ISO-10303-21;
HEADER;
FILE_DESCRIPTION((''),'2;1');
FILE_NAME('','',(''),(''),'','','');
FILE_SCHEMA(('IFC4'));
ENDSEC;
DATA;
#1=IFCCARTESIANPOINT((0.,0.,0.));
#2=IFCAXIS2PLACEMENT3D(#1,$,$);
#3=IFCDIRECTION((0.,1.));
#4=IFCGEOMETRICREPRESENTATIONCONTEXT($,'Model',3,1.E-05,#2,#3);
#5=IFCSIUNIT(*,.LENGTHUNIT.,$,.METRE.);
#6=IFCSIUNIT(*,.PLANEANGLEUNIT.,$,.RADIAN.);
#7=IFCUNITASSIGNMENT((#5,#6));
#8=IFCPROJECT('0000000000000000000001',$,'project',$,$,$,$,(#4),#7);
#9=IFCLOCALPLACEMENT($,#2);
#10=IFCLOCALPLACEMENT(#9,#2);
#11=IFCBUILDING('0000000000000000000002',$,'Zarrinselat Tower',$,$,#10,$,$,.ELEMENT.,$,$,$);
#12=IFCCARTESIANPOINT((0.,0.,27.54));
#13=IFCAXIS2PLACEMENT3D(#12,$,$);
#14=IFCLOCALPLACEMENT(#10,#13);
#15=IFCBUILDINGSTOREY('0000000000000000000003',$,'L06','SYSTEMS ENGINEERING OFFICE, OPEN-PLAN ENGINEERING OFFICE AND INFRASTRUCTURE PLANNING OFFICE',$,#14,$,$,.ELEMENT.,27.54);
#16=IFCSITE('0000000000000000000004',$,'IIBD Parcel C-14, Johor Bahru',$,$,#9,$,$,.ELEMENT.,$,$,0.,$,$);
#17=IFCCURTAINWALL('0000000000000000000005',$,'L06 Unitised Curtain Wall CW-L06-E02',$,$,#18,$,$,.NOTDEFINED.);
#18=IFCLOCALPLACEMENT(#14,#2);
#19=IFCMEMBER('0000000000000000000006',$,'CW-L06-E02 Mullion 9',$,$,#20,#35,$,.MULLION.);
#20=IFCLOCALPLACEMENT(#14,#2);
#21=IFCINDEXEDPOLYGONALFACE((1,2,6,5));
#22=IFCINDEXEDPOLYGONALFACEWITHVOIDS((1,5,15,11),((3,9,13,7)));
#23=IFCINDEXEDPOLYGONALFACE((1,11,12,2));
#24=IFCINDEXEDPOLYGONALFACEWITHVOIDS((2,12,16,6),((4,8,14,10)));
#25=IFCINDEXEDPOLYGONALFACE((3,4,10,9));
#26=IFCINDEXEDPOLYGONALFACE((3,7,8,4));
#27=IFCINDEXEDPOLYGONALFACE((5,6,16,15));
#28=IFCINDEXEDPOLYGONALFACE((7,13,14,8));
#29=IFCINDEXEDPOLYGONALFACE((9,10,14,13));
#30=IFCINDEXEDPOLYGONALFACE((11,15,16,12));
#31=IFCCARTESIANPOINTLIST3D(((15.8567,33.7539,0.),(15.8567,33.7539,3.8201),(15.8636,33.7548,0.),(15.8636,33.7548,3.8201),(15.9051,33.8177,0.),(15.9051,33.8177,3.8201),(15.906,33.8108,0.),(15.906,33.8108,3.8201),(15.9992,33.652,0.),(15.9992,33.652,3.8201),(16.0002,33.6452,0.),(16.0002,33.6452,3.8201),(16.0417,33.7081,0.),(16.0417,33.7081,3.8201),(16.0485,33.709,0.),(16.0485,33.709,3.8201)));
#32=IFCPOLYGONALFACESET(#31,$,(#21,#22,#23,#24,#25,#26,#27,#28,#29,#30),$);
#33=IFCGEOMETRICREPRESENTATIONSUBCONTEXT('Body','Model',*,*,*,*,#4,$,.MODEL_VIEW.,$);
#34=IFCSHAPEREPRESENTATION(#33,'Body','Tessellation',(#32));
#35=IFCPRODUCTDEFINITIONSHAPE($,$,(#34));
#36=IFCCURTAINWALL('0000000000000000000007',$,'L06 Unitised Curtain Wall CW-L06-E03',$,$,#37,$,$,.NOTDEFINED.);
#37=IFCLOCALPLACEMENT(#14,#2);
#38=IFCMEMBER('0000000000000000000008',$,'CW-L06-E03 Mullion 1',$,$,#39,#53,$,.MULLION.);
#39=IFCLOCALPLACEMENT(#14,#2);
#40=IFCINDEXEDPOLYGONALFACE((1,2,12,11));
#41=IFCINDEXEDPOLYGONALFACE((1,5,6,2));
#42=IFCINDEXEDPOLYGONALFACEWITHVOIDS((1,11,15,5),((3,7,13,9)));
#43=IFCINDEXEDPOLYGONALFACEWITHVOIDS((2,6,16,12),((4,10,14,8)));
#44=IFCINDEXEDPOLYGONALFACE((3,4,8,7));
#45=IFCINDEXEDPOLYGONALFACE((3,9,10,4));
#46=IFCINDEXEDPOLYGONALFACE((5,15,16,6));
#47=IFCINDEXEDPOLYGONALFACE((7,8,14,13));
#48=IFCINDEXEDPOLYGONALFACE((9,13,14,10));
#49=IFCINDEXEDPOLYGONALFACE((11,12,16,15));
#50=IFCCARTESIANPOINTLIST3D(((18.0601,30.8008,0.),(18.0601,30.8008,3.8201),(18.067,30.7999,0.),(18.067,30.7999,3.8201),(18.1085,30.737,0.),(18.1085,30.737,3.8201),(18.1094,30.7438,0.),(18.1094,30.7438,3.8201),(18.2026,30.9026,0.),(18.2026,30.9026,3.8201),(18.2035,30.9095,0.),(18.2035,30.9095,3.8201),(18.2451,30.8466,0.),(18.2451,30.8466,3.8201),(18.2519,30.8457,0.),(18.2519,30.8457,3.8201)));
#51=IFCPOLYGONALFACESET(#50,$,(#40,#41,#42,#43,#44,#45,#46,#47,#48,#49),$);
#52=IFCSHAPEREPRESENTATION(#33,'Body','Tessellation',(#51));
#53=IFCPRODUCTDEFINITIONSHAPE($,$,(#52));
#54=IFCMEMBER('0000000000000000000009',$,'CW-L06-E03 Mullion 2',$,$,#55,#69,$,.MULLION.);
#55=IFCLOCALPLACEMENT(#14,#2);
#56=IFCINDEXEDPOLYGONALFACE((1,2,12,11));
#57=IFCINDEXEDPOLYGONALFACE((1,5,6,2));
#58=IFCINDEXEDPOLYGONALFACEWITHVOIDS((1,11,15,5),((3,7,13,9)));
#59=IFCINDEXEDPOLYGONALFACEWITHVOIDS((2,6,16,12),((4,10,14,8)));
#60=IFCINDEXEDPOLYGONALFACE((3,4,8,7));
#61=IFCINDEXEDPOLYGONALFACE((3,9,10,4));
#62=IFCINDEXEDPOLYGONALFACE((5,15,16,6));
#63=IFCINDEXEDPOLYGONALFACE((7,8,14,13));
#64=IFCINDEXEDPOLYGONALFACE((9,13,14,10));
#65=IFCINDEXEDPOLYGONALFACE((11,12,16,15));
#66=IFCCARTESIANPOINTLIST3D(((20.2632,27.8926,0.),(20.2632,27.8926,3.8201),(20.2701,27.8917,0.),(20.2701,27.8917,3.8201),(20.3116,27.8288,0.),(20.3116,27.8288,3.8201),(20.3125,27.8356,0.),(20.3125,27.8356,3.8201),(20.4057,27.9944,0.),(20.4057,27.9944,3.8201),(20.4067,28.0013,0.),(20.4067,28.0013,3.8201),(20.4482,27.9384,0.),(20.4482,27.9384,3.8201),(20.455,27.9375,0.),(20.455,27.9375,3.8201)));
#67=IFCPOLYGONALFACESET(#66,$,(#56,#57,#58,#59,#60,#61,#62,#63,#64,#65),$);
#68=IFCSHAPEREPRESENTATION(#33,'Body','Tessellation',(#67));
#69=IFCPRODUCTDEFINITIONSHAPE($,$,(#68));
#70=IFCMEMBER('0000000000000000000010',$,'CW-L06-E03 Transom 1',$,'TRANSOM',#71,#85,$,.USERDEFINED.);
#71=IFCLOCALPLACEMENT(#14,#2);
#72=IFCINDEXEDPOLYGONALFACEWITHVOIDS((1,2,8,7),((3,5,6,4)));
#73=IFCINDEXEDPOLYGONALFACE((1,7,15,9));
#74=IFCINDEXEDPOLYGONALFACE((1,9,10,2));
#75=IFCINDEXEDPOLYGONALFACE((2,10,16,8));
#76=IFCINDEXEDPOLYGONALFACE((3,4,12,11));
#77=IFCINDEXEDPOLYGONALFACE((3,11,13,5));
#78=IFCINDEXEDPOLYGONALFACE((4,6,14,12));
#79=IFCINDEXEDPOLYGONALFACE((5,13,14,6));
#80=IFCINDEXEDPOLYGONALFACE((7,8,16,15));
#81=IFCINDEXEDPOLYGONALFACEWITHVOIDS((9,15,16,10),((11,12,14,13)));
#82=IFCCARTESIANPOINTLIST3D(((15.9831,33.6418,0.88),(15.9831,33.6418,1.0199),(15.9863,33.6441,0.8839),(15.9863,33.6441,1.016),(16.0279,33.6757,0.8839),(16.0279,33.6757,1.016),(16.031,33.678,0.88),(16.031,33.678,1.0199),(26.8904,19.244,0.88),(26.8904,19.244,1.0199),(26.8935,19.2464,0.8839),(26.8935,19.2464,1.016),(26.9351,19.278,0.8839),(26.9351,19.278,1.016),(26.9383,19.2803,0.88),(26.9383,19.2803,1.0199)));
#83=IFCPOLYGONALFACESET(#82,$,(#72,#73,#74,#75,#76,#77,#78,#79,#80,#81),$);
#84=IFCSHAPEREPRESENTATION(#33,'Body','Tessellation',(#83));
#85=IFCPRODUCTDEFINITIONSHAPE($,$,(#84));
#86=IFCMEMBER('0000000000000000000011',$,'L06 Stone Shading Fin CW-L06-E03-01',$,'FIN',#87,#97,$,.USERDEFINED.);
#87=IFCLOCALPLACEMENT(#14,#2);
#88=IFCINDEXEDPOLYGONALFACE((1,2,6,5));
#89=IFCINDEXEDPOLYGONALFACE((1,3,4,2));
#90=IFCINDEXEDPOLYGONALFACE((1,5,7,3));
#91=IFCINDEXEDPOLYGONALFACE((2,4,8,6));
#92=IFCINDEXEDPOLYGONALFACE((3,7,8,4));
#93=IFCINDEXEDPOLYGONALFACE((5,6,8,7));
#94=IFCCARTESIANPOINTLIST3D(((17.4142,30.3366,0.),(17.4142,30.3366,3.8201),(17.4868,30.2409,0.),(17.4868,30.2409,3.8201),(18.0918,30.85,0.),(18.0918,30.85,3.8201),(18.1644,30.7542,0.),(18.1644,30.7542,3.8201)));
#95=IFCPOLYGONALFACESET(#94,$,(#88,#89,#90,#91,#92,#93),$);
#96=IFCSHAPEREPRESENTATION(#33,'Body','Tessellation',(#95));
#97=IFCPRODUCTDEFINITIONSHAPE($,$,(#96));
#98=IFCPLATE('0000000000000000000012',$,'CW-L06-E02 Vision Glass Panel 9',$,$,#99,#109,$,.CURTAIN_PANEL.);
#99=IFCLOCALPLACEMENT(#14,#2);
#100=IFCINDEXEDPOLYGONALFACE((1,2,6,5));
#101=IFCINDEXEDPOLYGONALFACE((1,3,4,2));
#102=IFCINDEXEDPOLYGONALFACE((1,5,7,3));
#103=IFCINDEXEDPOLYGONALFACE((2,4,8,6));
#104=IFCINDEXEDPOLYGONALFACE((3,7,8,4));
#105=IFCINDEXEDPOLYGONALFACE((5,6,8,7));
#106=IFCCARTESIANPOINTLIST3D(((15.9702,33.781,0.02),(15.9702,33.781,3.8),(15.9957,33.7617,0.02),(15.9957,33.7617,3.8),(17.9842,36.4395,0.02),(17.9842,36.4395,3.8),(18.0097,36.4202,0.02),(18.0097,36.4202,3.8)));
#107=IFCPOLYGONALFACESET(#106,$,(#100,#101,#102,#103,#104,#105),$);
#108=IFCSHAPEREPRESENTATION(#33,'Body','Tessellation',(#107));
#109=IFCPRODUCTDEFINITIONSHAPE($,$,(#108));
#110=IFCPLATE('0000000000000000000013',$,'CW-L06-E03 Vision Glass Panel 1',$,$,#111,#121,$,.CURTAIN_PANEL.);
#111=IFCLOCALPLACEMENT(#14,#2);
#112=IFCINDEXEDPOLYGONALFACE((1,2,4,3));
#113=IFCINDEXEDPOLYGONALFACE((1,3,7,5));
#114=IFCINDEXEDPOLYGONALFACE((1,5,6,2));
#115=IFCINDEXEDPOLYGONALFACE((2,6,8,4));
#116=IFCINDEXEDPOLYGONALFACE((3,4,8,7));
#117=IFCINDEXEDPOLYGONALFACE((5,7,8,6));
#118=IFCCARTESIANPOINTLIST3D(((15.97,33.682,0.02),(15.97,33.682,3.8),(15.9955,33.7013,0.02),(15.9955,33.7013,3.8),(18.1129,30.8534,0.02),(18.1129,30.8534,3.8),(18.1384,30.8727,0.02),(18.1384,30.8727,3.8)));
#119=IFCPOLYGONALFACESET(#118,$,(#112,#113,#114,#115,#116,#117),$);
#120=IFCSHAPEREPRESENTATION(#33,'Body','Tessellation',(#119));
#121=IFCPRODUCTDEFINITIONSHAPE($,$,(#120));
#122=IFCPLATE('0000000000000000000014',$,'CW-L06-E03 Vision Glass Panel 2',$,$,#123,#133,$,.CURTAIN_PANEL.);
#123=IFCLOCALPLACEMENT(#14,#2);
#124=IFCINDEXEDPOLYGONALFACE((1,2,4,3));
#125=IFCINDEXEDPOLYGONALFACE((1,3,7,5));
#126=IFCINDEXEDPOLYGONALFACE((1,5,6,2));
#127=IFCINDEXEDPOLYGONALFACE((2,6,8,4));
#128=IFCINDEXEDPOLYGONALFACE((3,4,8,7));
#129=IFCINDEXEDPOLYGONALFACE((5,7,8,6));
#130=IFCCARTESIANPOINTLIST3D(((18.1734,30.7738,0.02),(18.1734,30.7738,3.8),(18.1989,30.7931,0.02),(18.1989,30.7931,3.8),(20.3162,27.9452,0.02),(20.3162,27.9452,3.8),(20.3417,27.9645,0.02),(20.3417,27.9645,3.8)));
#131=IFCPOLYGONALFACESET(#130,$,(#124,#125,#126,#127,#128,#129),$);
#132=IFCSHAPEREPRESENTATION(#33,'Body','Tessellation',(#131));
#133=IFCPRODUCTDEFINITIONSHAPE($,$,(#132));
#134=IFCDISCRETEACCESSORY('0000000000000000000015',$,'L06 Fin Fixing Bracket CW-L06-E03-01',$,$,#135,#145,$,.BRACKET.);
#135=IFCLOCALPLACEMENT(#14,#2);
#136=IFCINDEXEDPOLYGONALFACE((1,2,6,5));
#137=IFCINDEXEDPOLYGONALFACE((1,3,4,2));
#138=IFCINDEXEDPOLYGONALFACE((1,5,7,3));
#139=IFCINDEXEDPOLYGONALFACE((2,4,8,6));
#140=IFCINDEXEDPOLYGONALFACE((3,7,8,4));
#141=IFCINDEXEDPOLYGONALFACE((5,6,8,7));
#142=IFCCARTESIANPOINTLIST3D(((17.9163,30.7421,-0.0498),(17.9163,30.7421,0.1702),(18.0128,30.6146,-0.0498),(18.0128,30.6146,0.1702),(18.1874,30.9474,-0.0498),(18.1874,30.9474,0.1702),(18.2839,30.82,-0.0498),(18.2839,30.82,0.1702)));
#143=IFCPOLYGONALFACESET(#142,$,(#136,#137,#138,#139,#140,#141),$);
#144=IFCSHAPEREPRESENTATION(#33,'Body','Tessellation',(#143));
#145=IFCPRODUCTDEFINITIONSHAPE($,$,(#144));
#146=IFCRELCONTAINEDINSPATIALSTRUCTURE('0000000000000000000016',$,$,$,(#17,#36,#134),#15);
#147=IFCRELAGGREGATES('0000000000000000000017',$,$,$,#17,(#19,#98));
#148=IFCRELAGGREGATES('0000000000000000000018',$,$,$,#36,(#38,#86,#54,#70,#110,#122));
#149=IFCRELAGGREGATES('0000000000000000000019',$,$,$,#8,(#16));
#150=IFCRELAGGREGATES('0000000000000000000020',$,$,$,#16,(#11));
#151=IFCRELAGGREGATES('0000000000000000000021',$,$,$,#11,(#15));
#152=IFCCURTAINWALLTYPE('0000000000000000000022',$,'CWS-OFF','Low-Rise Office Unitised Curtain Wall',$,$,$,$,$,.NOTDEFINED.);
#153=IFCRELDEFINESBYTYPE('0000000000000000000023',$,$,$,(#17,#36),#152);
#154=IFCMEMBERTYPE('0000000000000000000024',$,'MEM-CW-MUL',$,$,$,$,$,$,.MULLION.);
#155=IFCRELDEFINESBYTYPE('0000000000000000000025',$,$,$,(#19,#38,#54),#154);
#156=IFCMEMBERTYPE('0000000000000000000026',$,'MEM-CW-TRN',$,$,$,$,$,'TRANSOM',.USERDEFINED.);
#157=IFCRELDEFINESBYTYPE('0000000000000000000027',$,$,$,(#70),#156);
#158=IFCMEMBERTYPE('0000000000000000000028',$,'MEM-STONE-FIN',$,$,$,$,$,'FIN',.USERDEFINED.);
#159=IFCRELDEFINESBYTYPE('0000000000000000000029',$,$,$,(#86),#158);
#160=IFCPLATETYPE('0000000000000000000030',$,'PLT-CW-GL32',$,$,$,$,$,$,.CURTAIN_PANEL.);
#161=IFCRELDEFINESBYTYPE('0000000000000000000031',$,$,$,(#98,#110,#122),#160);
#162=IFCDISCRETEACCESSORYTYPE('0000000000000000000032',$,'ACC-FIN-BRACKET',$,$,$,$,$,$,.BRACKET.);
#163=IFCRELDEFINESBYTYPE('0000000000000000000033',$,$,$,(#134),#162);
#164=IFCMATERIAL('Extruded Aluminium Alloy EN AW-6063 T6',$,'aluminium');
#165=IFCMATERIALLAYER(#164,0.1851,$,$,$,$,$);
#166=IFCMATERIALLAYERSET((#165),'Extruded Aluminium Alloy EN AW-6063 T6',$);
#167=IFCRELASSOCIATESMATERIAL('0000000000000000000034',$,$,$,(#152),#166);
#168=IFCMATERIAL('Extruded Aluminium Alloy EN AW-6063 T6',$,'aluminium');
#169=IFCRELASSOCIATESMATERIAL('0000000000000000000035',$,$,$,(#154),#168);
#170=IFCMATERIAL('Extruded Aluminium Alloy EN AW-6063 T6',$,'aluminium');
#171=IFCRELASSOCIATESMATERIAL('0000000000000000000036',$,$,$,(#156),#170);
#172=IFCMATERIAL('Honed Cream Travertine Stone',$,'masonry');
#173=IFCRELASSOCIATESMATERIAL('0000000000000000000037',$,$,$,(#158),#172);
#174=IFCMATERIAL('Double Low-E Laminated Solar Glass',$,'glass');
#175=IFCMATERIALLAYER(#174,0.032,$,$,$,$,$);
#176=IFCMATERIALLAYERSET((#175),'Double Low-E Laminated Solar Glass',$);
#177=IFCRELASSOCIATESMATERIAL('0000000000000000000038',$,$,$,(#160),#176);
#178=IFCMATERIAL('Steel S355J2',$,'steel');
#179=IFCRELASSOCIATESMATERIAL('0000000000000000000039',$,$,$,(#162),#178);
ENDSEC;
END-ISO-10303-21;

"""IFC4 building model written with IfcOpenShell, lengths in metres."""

from ifc_helpers import new_model, si_unit, direction, frame, origin, origin_2d, place, context, subcontext, project, spatial, rectangle, hollow_rectangle, extrude, material, layer, layer_set, material_profile, profile_set, type_object, element, aggregate, save


model = new_model("IFC4")

# Units and contexts
model_context = context("Model", 3, precision=1e-05, world=origin(), true_north=direction((0.0, 1.0)))
body_context = subcontext(model_context, "Body", "Model", "MODEL_VIEW")
ifc_project = project(units=[si_unit("LENGTHUNIT", "METRE"), si_unit("PLANEANGLEUNIT", "RADIAN")], contexts=[model_context])

# Site, building, storey
site_placement = place(None, origin())
site = spatial("IfcSite", under=ifc_project, at=site_placement, Name="IIBD Parcel C-14, Johor Bahru", CompositionType="ELEMENT", RefElevation=0.0)
building_placement = place(site_placement, origin())
building = spatial("IfcBuilding", under=site, at=building_placement, Name="Zarrinselat Tower", CompositionType="ELEMENT")
storey_placement = place(building_placement, frame((0.0, 0.0, 27.54)))
storey = spatial("IfcBuildingStorey", under=building, at=storey_placement, Name="L06", Description="SYSTEMS ENGINEERING OFFICE, OPEN-PLAN ENGINEERING OFFICE AND INFRASTRUCTURE PLANNING OFFICE", CompositionType="ELEMENT", Elevation=27.54)

# Curtain wall, member
ifc_material_1 = material(Name="Extruded Aluminium Alloy EN AW-6063 T6", Category="aluminium")
ifc_layer_1 = layer(ifc_material_1, 0.1851)
ifc_layer_set_1 = layer_set([ifc_layer_1], Name="Extruded Aluminium Alloy EN AW-6063 T6")
curtain_wall_type = type_object("IfcCurtainWallType", Name="CWS-OFF", Description="Low-Rise Office Unitised Curtain Wall", PredefinedType="NOTDEFINED", material=ifc_layer_set_1)
curtain_wall_1_placement = place(storey_placement, origin())
curtain_wall_1 = element("IfcCurtainWall", 1, at=curtain_wall_1_placement, inside=storey, type_object=curtain_wall_type, Name="L06 Unitised Curtain Wall CW-L06-E02", PredefinedType="NOTDEFINED")
ifc_material_2 = material(Name="Extruded Aluminium Alloy EN AW-6063 T6", Category="aluminium")
ifc_material_profile_1 = material_profile(ifc_material_2, hollow_rectangle(XDim=0.0801, YDim=0.1799, WallThickness=0.0049, at=origin_2d()), Name="RHS 180x80x5")
ifc_profile_set_1 = profile_set([ifc_material_profile_1], Name="Extruded Aluminium Alloy EN AW-6063 T6")
member_type_1 = type_object("IfcMemberType", Name="MEM-CW-MUL", PredefinedType="MULLION", material=ifc_profile_set_1)
member_1_placement = place(storey_placement, frame((15.9526, 33.7314, 0.0), z_axis=(0.0, 0.0, 1.0), x_axis=(-0.603859, -0.797091, 0.0)))
member_1 = element("IfcMember", 2, at=member_1_placement, type_object=member_type_1, Name="CW-L06-E02 Mullion 9", PredefinedType="MULLION", context=body_context, shape_type="SweptSolid", body=[
    extrude(hollow_rectangle(XDim=0.0801, YDim=0.1799, WallThickness=0.0049, at=origin_2d()), origin(), (0.0, 0.0, 1.0), 3.8201),
])

# Curtain wall, members
curtain_wall_2_placement = place(storey_placement, origin())
curtain_wall_2 = element("IfcCurtainWall", 3, at=curtain_wall_2_placement, inside=storey, type_object=curtain_wall_type, Name="L06 Unitised Curtain Wall CW-L06-E03", PredefinedType="NOTDEFINED")
member_2_placement = place(storey_placement, frame((18.156, 30.8232, 0.0), z_axis=(0.0, 0.0, 1.0), x_axis=(0.603858, -0.797092, 0.0)))
member_2 = element("IfcMember", 4, at=member_2_placement, type_object=member_type_1, Name="CW-L06-E03 Mullion 1", PredefinedType="MULLION", context=body_context, shape_type="SweptSolid", body=[
    extrude(hollow_rectangle(XDim=0.0801, YDim=0.1799, WallThickness=0.0049, at=origin_2d()), origin(), (0.0, 0.0, 1.0), 3.8201),
])
member_3_placement = place(storey_placement, frame((20.3591, 27.915, 0.0), z_axis=(0.0, 0.0, 1.0), x_axis=(0.603858, -0.797092, 0.0)))
member_3 = element("IfcMember", 5, at=member_3_placement, type_object=member_type_1, Name="CW-L06-E03 Mullion 2", PredefinedType="MULLION", context=body_context, shape_type="SweptSolid", body=[
    extrude(hollow_rectangle(XDim=0.0801, YDim=0.1799, WallThickness=0.0049, at=origin_2d()), origin(), (0.0, 0.0, 1.0), 3.8201),
])
ifc_material_3 = material(Name="Extruded Aluminium Alloy EN AW-6063 T6", Category="aluminium")
ifc_material_profile_2 = material_profile(ifc_material_3, hollow_rectangle(XDim=0.0601, YDim=0.1399, WallThickness=0.0039, at=origin_2d()), Name="RHS 140x60x4")
ifc_profile_set_2 = profile_set([ifc_material_profile_2], Name="Extruded Aluminium Alloy EN AW-6063 T6")
member_type_2 = type_object("IfcMemberType", Name="MEM-CW-TRN", ElementType="TRANSOM", PredefinedType="USERDEFINED", material=ifc_profile_set_2)
member_4_placement = place(storey_placement, frame((16.0071, 33.6599, 0.95), z_axis=(0.603853, -0.797095, 0.0), x_axis=(0.797095, 0.603853, 0.0)))
member_4 = element("IfcMember", 6, at=member_4_placement, type_object=member_type_2, Name="CW-L06-E03 Transom 1", ObjectType="TRANSOM", PredefinedType="USERDEFINED", context=body_context, shape_type="SweptSolid", body=[
    extrude(hollow_rectangle(XDim=0.0601, YDim=0.1399, WallThickness=0.0039, at=origin_2d()), origin(), (0.0, 0.0, 1.0), 18.0627),
])
ifc_material_4 = material(Name="Honed Cream Travertine Stone", Category="masonry")
ifc_material_profile_3 = material_profile(ifc_material_4, rectangle(XDim=0.1201, YDim=0.8501, at=origin_2d()), Name="FIN 850x120")
ifc_profile_set_3 = profile_set([ifc_material_profile_3], Name="Honed Cream Travertine Stone")
member_type_3 = type_object("IfcMemberType", Name="MEM-STONE-FIN", ElementType="FIN", PredefinedType="USERDEFINED", material=ifc_profile_set_3)
member_5_placement = place(storey_placement, frame((17.7893, 30.5454, 0.0), z_axis=(0.0, 0.0, 1.0), x_axis=(-0.603858, 0.797092, 0.0)))
member_5 = element("IfcMember", 7, at=member_5_placement, type_object=member_type_3, Name="L06 Stone Shading Fin CW-L06-E03-01", ObjectType="FIN", PredefinedType="USERDEFINED", context=body_context, shape_type="SweptSolid", body=[
    extrude(rectangle(XDim=0.1201, YDim=0.8501, at=origin_2d()), origin(), (0.0, 0.0, 1.0), 3.8201),
])

# Plates
ifc_material_5 = material(Name="Double Low-E Laminated Solar Glass", Category="glass")
ifc_layer_2 = layer(ifc_material_5, 0.032)
ifc_layer_set_2 = layer_set([ifc_layer_2], Name="Double Low-E Laminated Solar Glass")
plate_type = type_object("IfcPlateType", Name="PLT-CW-GL32", PredefinedType="CURTAIN_PANEL", material=ifc_layer_set_2)
plate_1_placement = place(storey_placement, frame((16.99, 35.1006, 0.02), z_axis=(0.0, 0.0, 1.0), x_axis=(-0.603859, -0.797091, 0.0)))
plate_1 = element("IfcPlate", 8, at=plate_1_placement, type_object=plate_type, Name="CW-L06-E02 Vision Glass Panel 9", PredefinedType="CURTAIN_PANEL", context=body_context, shape_type="SweptSolid", body=[
    extrude(rectangle(XDim=3.3352, YDim=0.032, at=origin_2d()), origin(), (0.0, 0.0, 1.0), 3.78),
])
aggregate(curtain_wall_1, [member_1, plate_1])
plate_2_placement = place(storey_placement, frame((17.0542, 32.2773, 0.02), z_axis=(0.0, 0.0, 1.0), x_axis=(0.603858, -0.797092, 0.0)))
plate_2 = element("IfcPlate", 9, at=plate_2_placement, type_object=plate_type, Name="CW-L06-E03 Vision Glass Panel 1", PredefinedType="CURTAIN_PANEL", context=body_context, shape_type="SweptSolid", body=[
    extrude(rectangle(XDim=3.5486, YDim=0.032, at=origin_2d()), origin(), (0.0, 0.0, 1.0), 3.78),
])
plate_3_placement = place(storey_placement, frame((19.2576, 29.3691, 0.02), z_axis=(0.0, 0.0, 1.0), x_axis=(0.603858, -0.797092, 0.0)))
plate_3 = element("IfcPlate", 10, at=plate_3_placement, type_object=plate_type, Name="CW-L06-E03 Vision Glass Panel 2", PredefinedType="CURTAIN_PANEL", context=body_context, shape_type="SweptSolid", body=[
    extrude(rectangle(XDim=3.5486, YDim=0.032, at=origin_2d()), origin(), (0.0, 0.0, 1.0), 3.78),
])
aggregate(curtain_wall_2, [member_2, member_5, member_3, member_4, plate_2, plate_3])

# Discrete accessory
ifc_material_6 = material(Name="Steel S355J2", Category="steel")
discrete_accessory_type = type_object("IfcDiscreteAccessoryType", Name="ACC-FIN-BRACKET", PredefinedType="BRACKET", material=ifc_material_6)
discrete_accessory_placement = place(storey_placement, frame((18.1001, 30.781, -0.0498), z_axis=(0.0, 0.0, 1.0), x_axis=(-0.797092, -0.603858, 0.0)))
element("IfcDiscreteAccessory", 11, at=discrete_accessory_placement, inside=storey, type_object=discrete_accessory_type, Name="L06 Fin Fixing Bracket CW-L06-E03-01", PredefinedType="BRACKET", context=body_context, shape_type="SweptSolid", body=[
    extrude(rectangle(XDim=0.3401, YDim=0.1599, at=origin_2d()), origin(), (0.0, 0.0, 1.0), 0.22),
])

save(model, "model.ifc")
